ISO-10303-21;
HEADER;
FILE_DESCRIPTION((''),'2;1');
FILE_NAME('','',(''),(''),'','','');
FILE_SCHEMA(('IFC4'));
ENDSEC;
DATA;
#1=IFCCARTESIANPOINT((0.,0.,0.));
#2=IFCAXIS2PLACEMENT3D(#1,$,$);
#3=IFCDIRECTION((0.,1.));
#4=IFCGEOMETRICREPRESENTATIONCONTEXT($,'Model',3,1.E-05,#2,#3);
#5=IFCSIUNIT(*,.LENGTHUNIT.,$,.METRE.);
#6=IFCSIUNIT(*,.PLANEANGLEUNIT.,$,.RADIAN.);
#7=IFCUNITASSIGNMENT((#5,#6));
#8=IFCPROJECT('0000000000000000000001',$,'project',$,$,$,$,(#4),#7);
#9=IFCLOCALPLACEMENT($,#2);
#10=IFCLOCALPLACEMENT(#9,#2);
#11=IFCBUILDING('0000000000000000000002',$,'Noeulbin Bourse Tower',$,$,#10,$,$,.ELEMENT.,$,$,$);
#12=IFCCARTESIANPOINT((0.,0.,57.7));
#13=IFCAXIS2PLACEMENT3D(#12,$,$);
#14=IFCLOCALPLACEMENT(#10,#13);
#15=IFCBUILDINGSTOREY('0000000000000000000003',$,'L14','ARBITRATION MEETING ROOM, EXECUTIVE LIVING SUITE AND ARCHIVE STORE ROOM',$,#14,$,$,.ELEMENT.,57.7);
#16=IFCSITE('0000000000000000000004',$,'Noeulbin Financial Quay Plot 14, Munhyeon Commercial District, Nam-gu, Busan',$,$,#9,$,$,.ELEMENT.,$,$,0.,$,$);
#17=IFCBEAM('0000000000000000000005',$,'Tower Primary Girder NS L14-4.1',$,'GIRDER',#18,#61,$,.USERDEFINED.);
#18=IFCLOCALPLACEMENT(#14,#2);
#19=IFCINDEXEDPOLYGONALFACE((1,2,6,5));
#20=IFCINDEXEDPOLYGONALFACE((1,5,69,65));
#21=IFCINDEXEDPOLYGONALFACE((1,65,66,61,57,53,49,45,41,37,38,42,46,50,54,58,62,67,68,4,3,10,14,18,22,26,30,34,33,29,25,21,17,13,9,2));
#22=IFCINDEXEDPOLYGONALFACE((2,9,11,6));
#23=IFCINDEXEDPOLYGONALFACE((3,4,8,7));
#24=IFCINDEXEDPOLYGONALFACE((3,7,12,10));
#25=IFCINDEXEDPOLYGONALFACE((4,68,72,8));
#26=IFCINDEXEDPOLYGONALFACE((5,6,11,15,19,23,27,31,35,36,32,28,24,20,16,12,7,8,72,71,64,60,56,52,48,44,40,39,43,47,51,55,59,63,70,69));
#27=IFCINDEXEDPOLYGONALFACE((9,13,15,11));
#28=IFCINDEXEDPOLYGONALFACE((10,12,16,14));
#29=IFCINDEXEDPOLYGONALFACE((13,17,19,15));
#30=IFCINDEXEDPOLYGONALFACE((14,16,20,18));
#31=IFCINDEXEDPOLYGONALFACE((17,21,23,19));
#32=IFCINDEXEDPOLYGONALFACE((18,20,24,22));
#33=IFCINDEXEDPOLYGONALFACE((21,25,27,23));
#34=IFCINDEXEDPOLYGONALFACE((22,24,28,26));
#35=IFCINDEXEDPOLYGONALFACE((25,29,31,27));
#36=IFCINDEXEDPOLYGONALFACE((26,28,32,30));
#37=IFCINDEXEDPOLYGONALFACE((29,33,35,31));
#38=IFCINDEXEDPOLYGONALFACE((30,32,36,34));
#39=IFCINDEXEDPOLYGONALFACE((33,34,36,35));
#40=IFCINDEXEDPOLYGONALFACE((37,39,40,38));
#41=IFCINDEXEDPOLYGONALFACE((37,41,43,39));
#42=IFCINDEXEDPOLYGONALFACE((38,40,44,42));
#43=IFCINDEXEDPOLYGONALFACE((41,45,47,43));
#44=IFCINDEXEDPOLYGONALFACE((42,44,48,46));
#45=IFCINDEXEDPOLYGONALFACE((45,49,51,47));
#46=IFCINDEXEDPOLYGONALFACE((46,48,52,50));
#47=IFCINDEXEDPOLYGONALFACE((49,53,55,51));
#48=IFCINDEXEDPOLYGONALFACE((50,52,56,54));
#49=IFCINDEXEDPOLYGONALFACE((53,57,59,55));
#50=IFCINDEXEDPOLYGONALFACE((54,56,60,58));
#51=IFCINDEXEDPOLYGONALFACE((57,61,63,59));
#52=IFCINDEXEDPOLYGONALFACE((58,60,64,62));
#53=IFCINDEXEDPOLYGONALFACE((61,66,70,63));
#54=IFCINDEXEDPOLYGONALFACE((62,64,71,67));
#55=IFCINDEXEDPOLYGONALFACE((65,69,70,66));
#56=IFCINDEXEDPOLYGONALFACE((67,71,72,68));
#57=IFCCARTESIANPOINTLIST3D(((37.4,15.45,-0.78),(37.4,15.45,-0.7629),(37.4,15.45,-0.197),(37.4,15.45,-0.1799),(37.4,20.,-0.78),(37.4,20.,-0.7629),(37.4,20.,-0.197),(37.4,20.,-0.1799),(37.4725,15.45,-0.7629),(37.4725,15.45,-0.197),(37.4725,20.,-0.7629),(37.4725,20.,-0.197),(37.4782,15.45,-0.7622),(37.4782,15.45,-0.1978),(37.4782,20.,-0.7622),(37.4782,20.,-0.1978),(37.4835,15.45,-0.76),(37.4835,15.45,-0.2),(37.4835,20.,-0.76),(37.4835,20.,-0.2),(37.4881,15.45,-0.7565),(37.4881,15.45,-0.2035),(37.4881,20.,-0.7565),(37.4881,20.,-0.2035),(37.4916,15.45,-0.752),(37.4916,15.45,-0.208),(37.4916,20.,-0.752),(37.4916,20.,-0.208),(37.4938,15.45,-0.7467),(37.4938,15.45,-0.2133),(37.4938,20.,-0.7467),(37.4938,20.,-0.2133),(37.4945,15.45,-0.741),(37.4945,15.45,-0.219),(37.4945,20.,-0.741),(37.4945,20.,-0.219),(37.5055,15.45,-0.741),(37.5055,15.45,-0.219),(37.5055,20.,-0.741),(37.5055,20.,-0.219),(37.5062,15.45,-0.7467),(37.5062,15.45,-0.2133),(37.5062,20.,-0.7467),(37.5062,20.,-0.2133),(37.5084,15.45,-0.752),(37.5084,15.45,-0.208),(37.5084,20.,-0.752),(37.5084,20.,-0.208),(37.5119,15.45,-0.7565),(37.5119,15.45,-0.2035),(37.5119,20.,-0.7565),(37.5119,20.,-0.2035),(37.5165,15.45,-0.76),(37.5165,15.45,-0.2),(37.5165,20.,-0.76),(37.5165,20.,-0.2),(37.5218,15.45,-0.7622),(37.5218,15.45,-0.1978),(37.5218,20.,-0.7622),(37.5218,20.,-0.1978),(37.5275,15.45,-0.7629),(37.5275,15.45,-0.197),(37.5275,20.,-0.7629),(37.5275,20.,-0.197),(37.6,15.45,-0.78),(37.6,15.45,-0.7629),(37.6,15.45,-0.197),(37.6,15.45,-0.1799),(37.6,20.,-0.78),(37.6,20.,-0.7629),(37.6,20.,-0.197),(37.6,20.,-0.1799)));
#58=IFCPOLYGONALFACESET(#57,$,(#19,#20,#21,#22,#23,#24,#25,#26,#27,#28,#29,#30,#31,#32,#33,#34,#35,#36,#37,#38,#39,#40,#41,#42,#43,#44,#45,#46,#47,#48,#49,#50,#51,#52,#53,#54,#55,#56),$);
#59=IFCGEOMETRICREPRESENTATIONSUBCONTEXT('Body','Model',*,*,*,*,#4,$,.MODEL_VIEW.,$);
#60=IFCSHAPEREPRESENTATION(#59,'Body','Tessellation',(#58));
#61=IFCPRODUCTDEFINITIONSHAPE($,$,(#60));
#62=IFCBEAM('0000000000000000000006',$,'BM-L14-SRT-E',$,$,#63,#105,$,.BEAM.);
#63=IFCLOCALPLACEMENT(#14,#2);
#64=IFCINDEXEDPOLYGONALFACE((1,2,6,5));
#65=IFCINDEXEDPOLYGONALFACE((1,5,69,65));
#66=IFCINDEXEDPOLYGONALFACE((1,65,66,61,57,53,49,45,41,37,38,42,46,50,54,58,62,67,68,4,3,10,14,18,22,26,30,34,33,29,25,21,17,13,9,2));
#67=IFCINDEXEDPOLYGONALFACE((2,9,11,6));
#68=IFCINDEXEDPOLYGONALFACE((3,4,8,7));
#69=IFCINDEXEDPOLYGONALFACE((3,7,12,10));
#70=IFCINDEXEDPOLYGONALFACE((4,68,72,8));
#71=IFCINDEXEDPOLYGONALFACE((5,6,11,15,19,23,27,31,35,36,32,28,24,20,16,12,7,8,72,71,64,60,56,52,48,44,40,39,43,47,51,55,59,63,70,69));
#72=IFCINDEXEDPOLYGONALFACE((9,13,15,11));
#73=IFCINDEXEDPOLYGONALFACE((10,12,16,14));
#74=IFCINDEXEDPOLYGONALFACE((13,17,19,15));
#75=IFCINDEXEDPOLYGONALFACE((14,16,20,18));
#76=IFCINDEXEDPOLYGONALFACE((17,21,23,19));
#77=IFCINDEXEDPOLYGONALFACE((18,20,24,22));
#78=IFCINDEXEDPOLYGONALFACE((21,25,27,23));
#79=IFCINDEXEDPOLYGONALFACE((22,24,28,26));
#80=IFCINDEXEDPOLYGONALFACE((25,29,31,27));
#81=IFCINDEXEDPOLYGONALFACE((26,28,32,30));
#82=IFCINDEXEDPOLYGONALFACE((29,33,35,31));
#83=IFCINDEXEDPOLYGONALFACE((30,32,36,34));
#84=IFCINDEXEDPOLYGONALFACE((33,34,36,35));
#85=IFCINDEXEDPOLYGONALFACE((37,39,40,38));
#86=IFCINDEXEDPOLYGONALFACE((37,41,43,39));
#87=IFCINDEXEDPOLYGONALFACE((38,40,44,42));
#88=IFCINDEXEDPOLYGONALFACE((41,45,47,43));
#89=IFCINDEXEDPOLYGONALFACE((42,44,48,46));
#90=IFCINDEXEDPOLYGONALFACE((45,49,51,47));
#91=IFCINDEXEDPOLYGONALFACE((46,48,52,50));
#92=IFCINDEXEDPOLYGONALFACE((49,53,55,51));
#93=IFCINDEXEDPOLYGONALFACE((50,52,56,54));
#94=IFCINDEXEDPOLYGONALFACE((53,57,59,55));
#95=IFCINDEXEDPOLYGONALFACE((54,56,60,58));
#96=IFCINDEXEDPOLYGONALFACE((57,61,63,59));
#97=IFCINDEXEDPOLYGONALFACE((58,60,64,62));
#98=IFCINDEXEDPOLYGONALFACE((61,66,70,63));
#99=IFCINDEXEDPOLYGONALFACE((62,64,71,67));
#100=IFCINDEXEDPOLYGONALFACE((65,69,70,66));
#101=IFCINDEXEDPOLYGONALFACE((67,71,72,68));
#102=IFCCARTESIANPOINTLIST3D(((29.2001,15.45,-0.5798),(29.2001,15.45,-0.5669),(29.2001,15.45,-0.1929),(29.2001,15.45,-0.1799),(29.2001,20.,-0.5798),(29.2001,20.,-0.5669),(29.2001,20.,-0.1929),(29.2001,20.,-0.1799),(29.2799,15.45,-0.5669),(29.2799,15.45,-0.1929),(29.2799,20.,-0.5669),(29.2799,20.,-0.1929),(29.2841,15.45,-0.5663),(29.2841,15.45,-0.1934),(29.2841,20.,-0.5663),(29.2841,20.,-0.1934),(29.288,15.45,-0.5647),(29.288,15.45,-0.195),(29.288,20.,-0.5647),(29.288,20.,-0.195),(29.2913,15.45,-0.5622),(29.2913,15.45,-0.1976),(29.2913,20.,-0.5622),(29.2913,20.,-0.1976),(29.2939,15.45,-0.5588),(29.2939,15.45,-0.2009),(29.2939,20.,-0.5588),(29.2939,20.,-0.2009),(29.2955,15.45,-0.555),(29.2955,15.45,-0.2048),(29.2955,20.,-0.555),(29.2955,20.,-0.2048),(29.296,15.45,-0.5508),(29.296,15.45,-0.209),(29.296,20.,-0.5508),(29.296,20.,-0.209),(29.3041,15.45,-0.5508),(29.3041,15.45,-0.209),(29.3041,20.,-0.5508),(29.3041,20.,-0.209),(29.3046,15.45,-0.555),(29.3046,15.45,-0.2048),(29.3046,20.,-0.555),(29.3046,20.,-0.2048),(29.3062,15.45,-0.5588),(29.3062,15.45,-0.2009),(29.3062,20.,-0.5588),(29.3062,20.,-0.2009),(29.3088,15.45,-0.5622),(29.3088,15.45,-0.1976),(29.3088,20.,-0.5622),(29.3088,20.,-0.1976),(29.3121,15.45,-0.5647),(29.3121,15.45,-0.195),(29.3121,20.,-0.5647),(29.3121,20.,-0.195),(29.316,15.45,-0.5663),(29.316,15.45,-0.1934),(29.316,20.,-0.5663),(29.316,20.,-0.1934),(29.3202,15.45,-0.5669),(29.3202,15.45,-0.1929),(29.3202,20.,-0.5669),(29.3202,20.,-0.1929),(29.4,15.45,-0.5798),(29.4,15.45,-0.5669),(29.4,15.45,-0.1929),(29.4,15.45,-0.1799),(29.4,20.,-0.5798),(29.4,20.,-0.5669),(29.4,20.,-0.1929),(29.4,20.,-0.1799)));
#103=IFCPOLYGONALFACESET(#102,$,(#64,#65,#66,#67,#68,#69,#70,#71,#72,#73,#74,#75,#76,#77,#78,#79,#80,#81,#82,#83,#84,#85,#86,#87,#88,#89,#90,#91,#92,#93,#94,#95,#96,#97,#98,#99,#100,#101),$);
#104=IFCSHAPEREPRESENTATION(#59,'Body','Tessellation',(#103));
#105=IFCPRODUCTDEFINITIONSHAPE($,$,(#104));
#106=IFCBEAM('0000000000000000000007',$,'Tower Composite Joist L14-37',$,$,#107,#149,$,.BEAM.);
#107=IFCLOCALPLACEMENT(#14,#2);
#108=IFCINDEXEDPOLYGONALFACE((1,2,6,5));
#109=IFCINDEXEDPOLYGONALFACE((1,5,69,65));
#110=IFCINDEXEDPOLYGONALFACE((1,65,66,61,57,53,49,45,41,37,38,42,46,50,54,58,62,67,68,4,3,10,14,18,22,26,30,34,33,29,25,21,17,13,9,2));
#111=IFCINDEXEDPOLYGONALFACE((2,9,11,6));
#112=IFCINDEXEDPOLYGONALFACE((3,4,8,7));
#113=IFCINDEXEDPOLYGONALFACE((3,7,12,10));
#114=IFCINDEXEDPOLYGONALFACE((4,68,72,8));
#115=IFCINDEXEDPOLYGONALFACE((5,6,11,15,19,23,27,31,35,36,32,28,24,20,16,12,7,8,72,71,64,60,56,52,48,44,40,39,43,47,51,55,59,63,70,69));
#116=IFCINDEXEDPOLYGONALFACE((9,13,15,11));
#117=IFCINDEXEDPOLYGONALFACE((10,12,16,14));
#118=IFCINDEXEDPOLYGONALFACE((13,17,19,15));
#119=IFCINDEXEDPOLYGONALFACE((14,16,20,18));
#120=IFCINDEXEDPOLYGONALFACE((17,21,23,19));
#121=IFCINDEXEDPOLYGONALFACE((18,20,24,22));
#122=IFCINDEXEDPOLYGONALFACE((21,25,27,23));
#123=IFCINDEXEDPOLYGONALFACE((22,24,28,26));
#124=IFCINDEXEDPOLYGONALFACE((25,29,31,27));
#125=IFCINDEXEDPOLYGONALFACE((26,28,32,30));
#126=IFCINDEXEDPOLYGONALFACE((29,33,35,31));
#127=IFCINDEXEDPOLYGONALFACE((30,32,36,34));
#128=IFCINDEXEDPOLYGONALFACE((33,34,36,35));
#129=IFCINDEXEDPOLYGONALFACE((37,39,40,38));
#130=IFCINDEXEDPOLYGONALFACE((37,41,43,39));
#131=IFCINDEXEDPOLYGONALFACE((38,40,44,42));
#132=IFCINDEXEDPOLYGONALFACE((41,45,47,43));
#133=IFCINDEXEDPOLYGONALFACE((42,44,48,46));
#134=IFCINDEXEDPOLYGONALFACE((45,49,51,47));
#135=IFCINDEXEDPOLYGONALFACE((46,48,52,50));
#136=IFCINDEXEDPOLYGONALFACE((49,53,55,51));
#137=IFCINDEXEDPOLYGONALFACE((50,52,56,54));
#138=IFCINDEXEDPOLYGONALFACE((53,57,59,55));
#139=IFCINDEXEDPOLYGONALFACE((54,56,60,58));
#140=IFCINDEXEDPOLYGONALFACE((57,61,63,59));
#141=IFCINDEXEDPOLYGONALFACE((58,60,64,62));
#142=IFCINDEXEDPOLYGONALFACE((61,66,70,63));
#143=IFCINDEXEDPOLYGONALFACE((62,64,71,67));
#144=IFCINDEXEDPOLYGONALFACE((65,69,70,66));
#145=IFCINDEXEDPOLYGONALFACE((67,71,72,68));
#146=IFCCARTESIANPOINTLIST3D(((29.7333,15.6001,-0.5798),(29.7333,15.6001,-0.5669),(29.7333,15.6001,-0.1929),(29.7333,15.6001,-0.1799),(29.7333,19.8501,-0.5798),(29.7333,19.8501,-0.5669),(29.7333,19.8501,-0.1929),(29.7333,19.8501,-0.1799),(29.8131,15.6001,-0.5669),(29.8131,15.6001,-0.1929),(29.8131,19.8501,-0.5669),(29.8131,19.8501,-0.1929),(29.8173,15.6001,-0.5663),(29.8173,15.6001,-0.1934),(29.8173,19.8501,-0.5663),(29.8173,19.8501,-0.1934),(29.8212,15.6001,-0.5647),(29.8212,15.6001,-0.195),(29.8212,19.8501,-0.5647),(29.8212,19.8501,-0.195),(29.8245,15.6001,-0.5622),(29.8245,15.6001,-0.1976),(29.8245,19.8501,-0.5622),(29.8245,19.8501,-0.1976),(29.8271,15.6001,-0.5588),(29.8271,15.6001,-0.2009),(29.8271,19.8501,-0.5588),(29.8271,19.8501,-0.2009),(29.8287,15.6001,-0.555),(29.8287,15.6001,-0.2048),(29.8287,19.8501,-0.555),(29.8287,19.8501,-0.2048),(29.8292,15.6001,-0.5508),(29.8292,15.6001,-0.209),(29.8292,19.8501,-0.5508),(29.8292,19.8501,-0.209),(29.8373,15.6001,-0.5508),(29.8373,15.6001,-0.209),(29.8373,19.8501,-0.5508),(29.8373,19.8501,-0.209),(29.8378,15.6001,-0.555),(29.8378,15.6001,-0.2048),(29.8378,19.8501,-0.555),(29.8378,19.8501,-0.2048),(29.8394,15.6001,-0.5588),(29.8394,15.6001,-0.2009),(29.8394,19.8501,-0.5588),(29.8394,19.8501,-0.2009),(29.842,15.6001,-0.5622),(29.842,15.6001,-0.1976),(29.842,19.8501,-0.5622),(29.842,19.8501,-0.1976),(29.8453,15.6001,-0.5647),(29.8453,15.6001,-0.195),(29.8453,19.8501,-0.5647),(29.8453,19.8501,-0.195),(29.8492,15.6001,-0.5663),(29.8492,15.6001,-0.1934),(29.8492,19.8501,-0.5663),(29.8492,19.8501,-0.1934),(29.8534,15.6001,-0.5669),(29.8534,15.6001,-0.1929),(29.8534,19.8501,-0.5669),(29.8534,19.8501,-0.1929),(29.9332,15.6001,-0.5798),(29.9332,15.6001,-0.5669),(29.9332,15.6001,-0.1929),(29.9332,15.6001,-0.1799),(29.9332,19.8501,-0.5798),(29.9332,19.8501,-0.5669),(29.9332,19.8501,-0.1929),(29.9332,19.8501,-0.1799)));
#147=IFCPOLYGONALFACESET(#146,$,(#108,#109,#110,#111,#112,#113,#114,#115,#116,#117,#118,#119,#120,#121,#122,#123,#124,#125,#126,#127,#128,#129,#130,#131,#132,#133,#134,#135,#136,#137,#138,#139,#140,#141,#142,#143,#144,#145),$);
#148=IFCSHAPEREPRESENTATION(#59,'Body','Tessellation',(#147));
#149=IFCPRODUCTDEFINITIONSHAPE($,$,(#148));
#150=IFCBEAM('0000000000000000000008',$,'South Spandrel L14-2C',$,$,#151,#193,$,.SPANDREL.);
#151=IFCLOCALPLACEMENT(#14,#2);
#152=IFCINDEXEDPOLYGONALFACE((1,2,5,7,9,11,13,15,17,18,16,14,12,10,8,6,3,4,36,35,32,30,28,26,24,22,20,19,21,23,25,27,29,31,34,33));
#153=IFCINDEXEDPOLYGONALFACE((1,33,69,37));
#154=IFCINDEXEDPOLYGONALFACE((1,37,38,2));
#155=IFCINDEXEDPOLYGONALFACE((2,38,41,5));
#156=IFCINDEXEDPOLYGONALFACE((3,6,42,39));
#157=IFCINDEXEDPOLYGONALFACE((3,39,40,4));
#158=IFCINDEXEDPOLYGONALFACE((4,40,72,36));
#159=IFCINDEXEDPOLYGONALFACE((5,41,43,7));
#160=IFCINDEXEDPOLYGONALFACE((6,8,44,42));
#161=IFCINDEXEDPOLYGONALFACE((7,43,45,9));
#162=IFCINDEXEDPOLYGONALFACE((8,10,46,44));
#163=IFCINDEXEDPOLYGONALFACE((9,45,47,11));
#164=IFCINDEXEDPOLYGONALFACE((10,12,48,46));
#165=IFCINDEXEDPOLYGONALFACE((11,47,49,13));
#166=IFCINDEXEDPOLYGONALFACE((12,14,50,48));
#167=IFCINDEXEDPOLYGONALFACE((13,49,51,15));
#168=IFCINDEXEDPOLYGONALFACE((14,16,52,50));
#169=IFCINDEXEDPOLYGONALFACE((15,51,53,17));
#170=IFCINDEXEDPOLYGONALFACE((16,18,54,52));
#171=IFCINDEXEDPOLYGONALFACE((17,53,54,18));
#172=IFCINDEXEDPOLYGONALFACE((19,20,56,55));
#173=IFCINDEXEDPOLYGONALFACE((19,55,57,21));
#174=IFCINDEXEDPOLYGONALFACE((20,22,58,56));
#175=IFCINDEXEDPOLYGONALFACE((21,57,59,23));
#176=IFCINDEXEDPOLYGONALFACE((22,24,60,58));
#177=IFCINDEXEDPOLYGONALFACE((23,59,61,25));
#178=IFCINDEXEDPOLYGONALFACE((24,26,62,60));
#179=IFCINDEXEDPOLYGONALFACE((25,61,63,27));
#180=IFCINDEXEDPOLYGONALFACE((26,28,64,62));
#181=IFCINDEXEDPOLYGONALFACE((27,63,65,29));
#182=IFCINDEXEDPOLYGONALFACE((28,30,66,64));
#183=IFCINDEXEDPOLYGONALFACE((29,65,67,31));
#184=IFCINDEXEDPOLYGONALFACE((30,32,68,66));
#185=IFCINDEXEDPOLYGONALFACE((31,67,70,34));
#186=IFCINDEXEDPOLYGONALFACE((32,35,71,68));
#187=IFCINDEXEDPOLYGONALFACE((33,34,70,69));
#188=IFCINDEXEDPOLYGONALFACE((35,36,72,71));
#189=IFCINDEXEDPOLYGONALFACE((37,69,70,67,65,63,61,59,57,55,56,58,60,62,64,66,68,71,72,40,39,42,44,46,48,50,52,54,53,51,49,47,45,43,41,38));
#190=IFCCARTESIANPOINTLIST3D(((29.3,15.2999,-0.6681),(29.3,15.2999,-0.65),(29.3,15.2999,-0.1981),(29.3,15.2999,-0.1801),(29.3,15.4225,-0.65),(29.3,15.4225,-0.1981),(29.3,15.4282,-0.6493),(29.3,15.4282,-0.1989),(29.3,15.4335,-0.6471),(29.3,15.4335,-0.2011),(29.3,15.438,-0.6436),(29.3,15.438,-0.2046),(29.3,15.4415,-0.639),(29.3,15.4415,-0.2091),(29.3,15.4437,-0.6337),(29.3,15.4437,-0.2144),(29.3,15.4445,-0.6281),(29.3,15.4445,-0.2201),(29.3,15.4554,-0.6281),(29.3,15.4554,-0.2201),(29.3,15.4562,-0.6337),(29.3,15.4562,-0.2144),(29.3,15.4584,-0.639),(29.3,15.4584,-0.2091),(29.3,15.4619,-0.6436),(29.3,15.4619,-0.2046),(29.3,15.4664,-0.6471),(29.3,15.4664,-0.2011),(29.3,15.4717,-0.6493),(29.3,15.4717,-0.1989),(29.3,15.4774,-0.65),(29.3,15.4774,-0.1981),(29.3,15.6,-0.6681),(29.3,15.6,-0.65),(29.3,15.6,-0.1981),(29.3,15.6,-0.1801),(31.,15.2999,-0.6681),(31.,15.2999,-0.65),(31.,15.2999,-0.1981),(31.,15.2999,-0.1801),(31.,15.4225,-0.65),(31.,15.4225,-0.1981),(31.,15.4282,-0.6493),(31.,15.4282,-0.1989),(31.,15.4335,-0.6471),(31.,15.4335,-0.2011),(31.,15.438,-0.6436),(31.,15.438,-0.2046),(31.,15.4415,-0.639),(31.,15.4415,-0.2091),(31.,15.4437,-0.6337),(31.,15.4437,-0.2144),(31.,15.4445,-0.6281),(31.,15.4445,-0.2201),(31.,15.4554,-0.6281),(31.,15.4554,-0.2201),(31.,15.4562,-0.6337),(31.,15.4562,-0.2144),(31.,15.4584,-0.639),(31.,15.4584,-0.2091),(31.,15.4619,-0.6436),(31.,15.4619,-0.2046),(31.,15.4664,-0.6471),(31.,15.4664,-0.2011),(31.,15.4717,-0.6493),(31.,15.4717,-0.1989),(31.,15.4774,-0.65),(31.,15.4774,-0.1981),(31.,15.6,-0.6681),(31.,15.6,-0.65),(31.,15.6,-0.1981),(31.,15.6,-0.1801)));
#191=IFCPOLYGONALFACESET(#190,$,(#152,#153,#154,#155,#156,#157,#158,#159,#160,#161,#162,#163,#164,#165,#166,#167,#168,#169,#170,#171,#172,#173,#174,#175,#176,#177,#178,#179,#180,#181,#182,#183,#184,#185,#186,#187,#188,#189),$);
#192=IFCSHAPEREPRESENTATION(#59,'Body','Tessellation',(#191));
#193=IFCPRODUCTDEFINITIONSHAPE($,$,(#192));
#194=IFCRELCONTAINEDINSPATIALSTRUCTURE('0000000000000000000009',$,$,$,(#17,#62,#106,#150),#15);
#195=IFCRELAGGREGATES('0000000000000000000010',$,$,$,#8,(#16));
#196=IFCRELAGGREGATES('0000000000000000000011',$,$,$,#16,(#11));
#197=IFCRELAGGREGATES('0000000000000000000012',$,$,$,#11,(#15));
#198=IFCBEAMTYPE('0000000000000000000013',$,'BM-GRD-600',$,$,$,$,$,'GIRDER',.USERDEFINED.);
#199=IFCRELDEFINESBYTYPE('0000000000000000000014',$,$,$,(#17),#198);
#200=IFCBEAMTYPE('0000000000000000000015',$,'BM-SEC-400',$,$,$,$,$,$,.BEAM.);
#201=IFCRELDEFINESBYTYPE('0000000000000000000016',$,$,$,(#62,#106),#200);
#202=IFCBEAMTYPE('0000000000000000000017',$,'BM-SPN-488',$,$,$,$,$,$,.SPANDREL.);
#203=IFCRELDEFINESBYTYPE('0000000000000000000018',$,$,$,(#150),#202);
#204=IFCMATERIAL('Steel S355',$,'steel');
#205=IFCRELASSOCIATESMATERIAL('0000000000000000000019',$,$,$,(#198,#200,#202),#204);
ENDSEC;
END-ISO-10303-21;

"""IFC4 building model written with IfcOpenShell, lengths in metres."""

from ifc_helpers import new_model, si_unit, direction, frame, origin, origin_2d, place, context, subcontext, project, spatial, i_section, extrude, material, material_profile, profile_set, type_object, element, save


model = new_model("IFC4")

# Units and contexts
model_context = context("Model", 3, precision=1e-05, world=origin(), true_north=direction((0.0, 1.0)))
body_context = subcontext(model_context, "Body", "Model", "MODEL_VIEW")
ifc_project = project(units=[si_unit("LENGTHUNIT", "METRE"), si_unit("PLANEANGLEUNIT", "RADIAN")], contexts=[model_context])

# Site, building, storey
site_placement = place(None, origin())
site = spatial("IfcSite", under=ifc_project, at=site_placement, Name="Noeulbin Financial Quay Plot 14, Munhyeon Commercial District, Nam-gu, Busan", CompositionType="ELEMENT", RefElevation=0.0)
building_placement = place(site_placement, origin())
building = spatial("IfcBuilding", under=site, at=building_placement, Name="Noeulbin Bourse Tower", CompositionType="ELEMENT")
storey_placement = place(building_placement, frame((0.0, 0.0, 57.7)))
storey = spatial("IfcBuildingStorey", under=building, at=storey_placement, Name="L14", Description="ARBITRATION MEETING ROOM, EXECUTIVE LIVING SUITE AND ARCHIVE STORE ROOM", CompositionType="ELEMENT", Elevation=57.7)

# Beams
ifc_material_1 = material(Name="Steel S355", Category="steel")
ifc_material_profile_1 = material_profile(ifc_material_1, i_section(OverallWidth=0.2, OverallDepth=0.6001, WebThickness=0.011, FlangeThickness=0.0171, FilletRadius=0.022, at=origin_2d()), Name="H-600x200x11x17", Category="LoadBearing")
ifc_profile_set_1 = profile_set([ifc_material_profile_1], Name="Steel S355")
beam_type_1 = type_object("IfcBeamType", Name="BM-GRD-600", ElementType="GIRDER", PredefinedType="USERDEFINED", material=ifc_profile_set_1)
for number, where, z_axis, x_axis, name in (
    (1, (37.5, 15.45, -0.48), (0.0, 1.0, 0.0), (-1.0, 0.0, 0.0), "Tower Primary Girder NS L14-4.1"),
):
    element("IfcBeam", number, at=place(storey_placement, frame(where, z_axis=z_axis, x_axis=x_axis)), inside=storey, type_object=beam_type_1, Name=name, ObjectType="GIRDER", PredefinedType="USERDEFINED", context=body_context, shape_type="SweptSolid", body=[
        extrude(i_section(OverallWidth=0.2, OverallDepth=0.6001, WebThickness=0.011, FlangeThickness=0.0171, FilletRadius=0.022, at=origin_2d()), origin(), (0.0, 0.0, 1.0), 4.55),
    ])
ifc_material_profile_2 = material_profile(ifc_material_1, i_section(OverallWidth=0.2, OverallDepth=0.3999, WebThickness=0.0081, FlangeThickness=0.0129, FilletRadius=0.0161, at=origin_2d()), Name="H-400x200x8x13", Category="LoadBearing")
ifc_profile_set_2 = profile_set([ifc_material_profile_2], Name="Steel S355")
beam_type_2 = type_object("IfcBeamType", Name="BM-SEC-400", PredefinedType="BEAM", material=ifc_profile_set_2)
beam_1_placement = place(storey_placement, frame((29.3, 15.45, -0.3799), z_axis=(0.0, 1.0, 0.0), x_axis=(-1.0, 0.0, 0.0)))
element("IfcBeam", 2, at=beam_1_placement, inside=storey, type_object=beam_type_2, Name="BM-L14-SRT-E", PredefinedType="BEAM", context=body_context, shape_type="SweptSolid", body=[
    extrude(i_section(OverallWidth=0.2, OverallDepth=0.3999, WebThickness=0.0081, FlangeThickness=0.0129, FilletRadius=0.0161, at=origin_2d()), origin(), (0.0, 0.0, 1.0), 4.55),
])
beam_2_placement = place(storey_placement, frame((29.8333, 15.6001, -0.3799), z_axis=(0.0, 1.0, 0.0), x_axis=(-1.0, 0.0, 0.0)))
element("IfcBeam", 3, at=beam_2_placement, inside=storey, type_object=beam_type_2, Name="Tower Composite Joist L14-37", PredefinedType="BEAM", context=body_context, shape_type="SweptSolid", body=[
    extrude(i_section(OverallWidth=0.2, OverallDepth=0.3999, WebThickness=0.0081, FlangeThickness=0.0129, FilletRadius=0.0161, at=origin_2d()), origin(), (0.0, 0.0, 1.0), 4.25),
])
ifc_material_profile_3 = material_profile(ifc_material_1, i_section(OverallWidth=0.3, OverallDepth=0.488, WebThickness=0.011, FlangeThickness=0.0181, FilletRadius=0.022, at=origin_2d()), Name="H-488x300x11x18", Category="LoadBearing")
ifc_profile_set_3 = profile_set([ifc_material_profile_3], Name="Steel S355")
beam_type_3 = type_object("IfcBeamType", Name="BM-SPN-488", PredefinedType="SPANDREL", material=ifc_profile_set_3)
beam_3_placement = place(storey_placement, frame((29.3, 15.45, -0.4241), z_axis=(1.0, 0.0, 0.0), x_axis=(0.0, 1.0, 0.0)))
element("IfcBeam", 4, at=beam_3_placement, inside=storey, type_object=beam_type_3, Name="South Spandrel L14-2C", PredefinedType="SPANDREL", context=body_context, shape_type="SweptSolid", body=[
    extrude(i_section(OverallWidth=0.3, OverallDepth=0.488, WebThickness=0.011, FlangeThickness=0.0181, FilletRadius=0.022, at=origin_2d()), origin(), (0.0, 0.0, 1.0), 1.7),
])

save(model, "model.ifc")
